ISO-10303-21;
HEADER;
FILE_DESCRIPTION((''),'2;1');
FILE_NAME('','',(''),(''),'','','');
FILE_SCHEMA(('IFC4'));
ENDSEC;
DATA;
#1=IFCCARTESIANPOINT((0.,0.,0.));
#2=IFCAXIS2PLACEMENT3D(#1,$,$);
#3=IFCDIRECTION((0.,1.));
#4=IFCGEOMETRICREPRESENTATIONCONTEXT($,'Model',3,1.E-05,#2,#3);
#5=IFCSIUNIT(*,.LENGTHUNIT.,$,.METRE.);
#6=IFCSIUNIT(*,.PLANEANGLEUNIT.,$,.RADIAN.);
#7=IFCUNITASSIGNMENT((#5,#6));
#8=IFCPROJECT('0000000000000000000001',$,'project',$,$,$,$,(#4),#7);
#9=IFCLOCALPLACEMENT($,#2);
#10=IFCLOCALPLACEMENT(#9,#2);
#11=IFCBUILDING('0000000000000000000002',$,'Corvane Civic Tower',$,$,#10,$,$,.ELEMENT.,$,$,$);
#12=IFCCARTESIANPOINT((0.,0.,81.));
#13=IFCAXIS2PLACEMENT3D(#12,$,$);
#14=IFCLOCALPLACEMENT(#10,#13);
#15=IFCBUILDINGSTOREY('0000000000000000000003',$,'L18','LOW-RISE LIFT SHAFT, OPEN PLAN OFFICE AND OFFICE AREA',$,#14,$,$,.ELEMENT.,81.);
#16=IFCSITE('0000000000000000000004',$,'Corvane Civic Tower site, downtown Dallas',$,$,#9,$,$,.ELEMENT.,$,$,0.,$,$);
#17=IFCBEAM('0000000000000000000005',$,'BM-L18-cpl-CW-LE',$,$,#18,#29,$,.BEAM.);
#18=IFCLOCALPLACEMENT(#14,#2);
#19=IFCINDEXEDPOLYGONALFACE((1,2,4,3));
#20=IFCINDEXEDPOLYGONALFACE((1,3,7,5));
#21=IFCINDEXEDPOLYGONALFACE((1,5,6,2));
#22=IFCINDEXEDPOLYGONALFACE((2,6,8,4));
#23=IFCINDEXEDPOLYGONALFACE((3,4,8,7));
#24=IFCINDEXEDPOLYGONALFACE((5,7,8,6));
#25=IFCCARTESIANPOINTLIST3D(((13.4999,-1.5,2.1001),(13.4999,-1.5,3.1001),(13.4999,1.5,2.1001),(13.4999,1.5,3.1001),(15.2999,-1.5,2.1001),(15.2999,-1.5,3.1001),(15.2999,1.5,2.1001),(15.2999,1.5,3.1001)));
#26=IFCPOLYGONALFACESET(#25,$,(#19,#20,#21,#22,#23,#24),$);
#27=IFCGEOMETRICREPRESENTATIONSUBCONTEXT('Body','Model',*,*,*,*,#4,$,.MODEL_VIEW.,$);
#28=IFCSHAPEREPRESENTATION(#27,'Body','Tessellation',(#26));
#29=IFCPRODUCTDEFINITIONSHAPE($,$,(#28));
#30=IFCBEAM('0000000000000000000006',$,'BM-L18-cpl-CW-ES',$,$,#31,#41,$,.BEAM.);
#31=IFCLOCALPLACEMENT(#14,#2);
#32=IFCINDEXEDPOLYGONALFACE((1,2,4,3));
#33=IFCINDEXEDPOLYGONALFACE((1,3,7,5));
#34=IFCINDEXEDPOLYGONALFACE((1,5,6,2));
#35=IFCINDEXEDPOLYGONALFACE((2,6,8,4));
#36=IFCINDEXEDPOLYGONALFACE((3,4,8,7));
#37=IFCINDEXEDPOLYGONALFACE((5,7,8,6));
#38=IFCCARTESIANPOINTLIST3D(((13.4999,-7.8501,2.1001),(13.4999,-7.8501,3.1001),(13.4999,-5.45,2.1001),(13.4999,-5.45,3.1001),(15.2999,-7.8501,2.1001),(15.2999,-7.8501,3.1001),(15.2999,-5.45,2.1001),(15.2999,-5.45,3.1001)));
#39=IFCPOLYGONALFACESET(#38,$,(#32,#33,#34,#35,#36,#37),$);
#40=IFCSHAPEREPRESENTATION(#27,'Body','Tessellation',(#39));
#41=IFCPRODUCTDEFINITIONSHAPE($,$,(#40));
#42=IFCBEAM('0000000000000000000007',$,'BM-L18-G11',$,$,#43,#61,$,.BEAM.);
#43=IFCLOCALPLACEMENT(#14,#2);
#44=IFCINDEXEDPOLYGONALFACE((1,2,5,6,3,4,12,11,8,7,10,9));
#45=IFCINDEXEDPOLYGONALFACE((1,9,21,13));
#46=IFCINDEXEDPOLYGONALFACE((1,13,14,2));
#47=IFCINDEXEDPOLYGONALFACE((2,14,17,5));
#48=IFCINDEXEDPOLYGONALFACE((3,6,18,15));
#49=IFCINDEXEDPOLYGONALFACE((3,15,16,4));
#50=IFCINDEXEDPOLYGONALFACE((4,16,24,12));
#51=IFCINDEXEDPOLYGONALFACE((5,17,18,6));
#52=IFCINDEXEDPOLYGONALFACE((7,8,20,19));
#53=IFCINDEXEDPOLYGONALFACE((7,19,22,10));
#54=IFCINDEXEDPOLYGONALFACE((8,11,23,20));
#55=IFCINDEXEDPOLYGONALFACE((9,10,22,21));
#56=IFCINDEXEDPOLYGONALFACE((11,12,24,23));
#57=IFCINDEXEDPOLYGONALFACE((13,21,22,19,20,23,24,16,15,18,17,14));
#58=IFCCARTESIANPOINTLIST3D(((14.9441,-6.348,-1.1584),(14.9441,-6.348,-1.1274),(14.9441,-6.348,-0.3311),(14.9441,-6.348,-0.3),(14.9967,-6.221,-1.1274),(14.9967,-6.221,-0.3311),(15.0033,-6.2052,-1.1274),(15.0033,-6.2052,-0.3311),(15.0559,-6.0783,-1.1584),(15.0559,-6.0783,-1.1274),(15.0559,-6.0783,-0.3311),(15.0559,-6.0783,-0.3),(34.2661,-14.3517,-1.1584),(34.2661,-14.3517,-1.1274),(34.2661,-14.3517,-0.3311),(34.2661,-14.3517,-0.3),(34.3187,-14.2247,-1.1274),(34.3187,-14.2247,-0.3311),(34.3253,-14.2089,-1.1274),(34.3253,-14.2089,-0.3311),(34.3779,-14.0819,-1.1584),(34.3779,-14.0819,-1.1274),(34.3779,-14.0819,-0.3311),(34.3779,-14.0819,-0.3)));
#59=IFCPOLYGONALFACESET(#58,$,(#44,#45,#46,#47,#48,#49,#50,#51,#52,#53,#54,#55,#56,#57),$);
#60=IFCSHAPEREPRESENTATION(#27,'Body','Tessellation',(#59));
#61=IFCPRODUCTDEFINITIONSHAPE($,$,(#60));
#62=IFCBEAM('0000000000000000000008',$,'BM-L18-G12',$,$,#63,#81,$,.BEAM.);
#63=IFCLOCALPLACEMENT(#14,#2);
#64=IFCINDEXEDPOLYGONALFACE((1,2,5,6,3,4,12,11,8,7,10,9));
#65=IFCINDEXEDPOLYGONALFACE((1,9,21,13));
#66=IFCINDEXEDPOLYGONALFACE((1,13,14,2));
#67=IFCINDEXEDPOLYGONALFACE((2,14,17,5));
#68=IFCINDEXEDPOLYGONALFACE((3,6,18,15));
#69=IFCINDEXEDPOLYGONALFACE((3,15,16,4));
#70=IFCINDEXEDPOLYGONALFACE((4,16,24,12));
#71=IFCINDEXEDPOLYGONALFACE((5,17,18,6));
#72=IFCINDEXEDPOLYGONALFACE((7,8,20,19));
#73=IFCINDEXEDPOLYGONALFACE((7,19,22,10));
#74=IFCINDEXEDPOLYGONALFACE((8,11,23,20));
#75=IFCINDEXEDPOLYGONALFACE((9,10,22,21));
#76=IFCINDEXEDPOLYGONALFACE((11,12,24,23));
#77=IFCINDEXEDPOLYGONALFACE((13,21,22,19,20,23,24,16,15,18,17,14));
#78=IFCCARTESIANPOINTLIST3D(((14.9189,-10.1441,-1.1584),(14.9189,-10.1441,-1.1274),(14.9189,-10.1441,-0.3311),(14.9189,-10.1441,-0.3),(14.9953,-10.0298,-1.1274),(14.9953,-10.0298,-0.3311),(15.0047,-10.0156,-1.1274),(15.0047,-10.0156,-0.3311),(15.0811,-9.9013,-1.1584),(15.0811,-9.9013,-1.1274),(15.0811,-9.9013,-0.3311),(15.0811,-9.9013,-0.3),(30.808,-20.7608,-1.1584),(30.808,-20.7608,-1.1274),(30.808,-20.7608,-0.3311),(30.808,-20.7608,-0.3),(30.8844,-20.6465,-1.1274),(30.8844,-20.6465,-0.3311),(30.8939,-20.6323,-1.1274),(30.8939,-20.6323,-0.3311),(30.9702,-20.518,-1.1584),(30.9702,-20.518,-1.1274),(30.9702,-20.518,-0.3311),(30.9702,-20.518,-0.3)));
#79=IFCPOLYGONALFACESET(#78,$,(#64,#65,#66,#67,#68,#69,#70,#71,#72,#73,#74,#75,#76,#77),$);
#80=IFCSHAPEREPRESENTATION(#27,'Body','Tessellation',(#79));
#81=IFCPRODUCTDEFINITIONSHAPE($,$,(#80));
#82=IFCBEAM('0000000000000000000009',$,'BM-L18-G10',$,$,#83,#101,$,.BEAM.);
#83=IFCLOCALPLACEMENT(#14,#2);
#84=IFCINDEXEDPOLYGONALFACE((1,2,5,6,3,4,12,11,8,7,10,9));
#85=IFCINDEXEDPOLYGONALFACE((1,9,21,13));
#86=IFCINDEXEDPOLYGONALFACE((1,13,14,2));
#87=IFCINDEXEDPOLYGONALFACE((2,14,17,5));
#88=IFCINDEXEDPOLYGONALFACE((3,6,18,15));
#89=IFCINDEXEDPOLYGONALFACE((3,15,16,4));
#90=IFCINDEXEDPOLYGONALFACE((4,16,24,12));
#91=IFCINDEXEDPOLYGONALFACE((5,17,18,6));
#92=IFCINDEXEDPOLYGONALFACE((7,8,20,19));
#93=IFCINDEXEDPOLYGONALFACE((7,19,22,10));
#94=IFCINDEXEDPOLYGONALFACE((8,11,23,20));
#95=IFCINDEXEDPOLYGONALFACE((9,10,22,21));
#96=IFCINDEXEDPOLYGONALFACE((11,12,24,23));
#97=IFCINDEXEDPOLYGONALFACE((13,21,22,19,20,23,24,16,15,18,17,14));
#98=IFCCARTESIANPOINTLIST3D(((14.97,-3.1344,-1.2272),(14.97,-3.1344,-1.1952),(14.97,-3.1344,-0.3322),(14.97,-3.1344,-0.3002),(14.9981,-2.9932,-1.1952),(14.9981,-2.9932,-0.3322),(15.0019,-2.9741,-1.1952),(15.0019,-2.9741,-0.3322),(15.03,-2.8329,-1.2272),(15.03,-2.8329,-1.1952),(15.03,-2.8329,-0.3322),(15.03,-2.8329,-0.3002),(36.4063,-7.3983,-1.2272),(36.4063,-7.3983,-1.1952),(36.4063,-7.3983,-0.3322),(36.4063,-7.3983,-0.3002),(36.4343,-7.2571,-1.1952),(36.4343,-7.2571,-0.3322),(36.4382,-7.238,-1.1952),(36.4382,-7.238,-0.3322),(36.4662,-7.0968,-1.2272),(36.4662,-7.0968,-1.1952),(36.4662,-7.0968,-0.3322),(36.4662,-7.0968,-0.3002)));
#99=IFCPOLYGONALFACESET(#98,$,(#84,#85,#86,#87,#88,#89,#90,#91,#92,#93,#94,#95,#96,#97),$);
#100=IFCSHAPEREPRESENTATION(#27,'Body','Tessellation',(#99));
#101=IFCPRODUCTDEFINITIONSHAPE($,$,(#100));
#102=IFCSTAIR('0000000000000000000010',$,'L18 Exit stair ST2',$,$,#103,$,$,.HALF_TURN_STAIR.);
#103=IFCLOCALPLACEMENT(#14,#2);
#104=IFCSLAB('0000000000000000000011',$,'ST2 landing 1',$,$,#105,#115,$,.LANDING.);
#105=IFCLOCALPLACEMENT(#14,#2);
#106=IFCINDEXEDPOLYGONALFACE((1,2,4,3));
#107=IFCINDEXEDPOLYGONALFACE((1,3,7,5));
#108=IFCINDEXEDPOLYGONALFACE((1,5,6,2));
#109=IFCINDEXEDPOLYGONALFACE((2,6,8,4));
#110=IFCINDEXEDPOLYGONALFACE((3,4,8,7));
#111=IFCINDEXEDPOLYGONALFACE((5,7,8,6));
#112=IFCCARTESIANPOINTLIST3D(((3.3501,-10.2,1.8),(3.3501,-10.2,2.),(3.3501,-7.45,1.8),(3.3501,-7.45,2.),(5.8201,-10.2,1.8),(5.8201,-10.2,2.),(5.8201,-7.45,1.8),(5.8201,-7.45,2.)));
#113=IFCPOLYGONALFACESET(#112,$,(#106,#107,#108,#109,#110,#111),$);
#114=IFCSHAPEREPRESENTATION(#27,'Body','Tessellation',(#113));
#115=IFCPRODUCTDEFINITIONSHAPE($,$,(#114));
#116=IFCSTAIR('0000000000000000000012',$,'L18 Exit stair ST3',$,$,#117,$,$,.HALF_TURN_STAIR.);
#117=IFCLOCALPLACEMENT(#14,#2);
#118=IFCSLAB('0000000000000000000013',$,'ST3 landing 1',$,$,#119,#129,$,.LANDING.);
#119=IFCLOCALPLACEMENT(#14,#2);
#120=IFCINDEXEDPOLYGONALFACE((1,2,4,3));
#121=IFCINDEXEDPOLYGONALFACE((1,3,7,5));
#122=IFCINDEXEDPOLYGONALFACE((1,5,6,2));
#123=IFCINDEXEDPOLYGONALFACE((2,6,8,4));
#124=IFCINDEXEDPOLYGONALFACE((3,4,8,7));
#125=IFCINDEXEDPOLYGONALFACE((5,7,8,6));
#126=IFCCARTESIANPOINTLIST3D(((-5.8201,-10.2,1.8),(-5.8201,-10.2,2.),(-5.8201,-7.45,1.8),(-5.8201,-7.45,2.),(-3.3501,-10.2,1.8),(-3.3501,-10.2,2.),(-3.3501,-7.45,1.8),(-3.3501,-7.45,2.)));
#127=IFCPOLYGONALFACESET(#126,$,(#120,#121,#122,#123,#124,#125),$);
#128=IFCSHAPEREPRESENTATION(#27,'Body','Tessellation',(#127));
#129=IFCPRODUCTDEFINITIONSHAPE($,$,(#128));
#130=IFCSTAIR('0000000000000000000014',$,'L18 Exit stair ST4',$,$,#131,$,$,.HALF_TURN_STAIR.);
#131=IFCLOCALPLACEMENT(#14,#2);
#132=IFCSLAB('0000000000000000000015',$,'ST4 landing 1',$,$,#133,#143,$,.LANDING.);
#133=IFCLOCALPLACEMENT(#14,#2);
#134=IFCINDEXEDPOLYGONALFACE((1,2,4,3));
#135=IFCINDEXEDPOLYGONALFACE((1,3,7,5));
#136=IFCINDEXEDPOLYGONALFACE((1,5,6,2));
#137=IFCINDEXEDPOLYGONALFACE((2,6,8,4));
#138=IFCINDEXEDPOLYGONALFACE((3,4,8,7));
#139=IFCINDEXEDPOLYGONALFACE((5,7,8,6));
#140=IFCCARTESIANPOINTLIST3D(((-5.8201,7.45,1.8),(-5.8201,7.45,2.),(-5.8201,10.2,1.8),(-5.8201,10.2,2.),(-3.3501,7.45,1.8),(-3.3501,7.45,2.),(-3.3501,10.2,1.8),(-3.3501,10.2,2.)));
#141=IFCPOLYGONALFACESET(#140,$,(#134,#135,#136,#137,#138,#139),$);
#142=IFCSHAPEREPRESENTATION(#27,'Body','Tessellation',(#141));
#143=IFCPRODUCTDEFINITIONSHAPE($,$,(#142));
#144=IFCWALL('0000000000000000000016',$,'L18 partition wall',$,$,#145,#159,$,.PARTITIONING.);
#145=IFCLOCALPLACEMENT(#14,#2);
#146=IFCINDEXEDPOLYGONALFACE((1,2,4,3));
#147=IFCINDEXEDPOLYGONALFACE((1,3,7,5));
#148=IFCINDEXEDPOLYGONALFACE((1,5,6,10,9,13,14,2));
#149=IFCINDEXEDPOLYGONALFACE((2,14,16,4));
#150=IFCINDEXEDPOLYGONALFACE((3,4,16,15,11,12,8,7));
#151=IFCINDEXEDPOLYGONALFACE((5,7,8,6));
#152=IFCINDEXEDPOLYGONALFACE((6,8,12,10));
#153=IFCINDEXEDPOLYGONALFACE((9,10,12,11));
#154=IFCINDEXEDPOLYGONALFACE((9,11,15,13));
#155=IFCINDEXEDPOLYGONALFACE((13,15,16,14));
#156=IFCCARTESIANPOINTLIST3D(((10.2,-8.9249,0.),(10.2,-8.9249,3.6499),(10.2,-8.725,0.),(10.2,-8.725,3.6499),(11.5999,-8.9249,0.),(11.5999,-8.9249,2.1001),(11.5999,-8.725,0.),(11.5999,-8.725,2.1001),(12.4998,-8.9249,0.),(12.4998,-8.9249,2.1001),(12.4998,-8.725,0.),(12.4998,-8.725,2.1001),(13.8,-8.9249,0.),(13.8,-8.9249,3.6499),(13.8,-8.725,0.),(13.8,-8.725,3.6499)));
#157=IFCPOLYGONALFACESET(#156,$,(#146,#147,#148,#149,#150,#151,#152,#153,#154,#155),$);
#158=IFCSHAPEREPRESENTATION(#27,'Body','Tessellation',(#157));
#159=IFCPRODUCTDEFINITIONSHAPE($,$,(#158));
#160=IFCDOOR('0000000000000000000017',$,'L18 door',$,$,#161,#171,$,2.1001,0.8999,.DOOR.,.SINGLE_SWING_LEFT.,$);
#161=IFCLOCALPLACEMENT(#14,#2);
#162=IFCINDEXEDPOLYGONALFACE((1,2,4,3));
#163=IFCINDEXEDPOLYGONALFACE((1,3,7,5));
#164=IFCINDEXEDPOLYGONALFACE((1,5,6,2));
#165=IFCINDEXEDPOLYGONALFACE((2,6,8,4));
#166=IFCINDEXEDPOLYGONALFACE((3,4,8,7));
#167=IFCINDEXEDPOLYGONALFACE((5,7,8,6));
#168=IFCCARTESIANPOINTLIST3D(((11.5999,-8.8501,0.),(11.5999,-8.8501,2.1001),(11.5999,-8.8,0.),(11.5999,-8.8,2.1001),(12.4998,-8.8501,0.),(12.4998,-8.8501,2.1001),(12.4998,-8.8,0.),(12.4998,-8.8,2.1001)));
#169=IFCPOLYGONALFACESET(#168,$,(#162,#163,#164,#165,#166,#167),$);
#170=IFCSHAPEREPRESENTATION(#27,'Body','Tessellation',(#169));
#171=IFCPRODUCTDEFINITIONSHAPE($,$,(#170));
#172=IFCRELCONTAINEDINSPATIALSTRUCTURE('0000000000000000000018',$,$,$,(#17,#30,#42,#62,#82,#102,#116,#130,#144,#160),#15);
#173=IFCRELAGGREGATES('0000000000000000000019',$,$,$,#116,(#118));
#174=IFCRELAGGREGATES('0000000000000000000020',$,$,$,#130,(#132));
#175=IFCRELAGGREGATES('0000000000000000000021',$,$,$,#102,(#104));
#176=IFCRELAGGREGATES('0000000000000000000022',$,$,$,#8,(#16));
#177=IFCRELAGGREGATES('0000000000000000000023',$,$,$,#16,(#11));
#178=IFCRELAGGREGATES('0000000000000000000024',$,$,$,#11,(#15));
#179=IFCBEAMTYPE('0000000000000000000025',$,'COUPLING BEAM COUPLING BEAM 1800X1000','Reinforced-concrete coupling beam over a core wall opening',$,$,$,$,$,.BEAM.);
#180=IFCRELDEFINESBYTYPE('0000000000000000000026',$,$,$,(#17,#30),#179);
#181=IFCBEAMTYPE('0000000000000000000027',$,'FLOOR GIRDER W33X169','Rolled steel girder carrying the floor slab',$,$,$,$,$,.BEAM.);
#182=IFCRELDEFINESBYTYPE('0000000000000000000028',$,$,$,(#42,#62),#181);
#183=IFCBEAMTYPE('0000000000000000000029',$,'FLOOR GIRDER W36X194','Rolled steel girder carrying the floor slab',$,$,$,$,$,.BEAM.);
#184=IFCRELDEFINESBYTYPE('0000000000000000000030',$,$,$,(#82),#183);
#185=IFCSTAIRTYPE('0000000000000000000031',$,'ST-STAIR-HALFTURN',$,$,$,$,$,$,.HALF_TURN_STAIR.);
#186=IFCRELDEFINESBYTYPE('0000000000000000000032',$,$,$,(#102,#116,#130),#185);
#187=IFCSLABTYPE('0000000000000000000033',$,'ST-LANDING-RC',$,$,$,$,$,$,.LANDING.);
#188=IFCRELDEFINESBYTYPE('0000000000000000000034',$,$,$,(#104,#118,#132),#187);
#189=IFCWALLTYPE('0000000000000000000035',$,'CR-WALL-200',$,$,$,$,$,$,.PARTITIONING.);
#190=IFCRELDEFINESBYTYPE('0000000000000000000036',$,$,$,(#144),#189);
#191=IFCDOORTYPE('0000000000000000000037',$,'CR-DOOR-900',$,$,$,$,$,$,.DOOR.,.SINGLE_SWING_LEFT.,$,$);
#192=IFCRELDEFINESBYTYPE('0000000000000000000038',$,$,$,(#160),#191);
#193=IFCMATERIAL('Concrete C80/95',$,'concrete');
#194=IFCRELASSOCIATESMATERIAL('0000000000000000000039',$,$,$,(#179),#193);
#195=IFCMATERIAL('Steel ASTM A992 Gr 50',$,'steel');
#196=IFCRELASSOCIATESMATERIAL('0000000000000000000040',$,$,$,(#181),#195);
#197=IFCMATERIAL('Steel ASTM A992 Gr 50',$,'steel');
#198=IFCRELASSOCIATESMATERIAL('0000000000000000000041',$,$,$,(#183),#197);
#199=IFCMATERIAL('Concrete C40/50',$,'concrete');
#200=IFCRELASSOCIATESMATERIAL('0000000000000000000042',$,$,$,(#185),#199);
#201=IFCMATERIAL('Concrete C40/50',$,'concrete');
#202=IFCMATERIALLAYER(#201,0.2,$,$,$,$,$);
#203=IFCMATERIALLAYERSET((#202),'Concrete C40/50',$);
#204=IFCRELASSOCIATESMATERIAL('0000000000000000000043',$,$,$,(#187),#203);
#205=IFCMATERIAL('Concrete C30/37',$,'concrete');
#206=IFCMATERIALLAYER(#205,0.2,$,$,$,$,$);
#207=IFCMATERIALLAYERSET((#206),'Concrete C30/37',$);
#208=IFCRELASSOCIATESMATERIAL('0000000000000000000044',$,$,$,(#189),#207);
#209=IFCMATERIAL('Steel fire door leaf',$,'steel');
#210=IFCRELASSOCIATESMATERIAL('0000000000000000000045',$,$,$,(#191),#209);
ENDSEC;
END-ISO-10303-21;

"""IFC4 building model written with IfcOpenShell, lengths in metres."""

from ifc_helpers import new_model, si_unit, direction, frame, frame_2d, origin, origin_2d, place, context, subcontext, project, spatial, polyline, rectangle, i_section, outline, extrude, material, layer, layer_set, material_profile, profile_set, type_object, element, fill, aggregate, save


model = new_model("IFC4")

# Units and contexts
model_context = context("Model", 3, precision=1e-05, world=origin(), true_north=direction((0.0, 1.0)))
body_context = subcontext(model_context, "Body", "Model", "MODEL_VIEW")
ifc_project = project(units=[si_unit("LENGTHUNIT", "METRE"), si_unit("PLANEANGLEUNIT", "RADIAN")], contexts=[model_context])

# Site, building, storey
site_placement = place(None, origin())
site = spatial("IfcSite", under=ifc_project, at=site_placement, Name="Corvane Civic Tower site, downtown Dallas", CompositionType="ELEMENT", RefElevation=0.0)
building_placement = place(site_placement, origin())
building = spatial("IfcBuilding", under=site, at=building_placement, Name="Corvane Civic Tower", CompositionType="ELEMENT")
storey_placement = place(building_placement, frame((0.0, 0.0, 81.0)))
storey = spatial("IfcBuildingStorey", under=building, at=storey_placement, Name="L18", Description="LOW-RISE LIFT SHAFT, OPEN PLAN OFFICE AND OFFICE AREA", CompositionType="ELEMENT", Elevation=81.0)

# Beams
ifc_material_1 = material(Name="Concrete C80/95", Category="concrete")
ifc_material_profile_1 = material_profile(ifc_material_1, rectangle(XDim=1.8, YDim=1.0, at=origin_2d()), Name="COUPLING BEAM 1800X1000")
ifc_profile_set_1 = profile_set([ifc_material_profile_1], Name="Concrete C80/95")
beam_type_1 = type_object("IfcBeamType", Name="COUPLING BEAM COUPLING BEAM 1800X1000", Description="Reinforced-concrete coupling beam over a core wall opening", PredefinedType="BEAM", material=ifc_profile_set_1)
beam_1_placement = place(storey_placement, frame((14.3999, -1.5, 2.6001), z_axis=(0.0, 1.0, 0.0), x_axis=(-1.0, 0.0, 0.0)))
element("IfcBeam", 1, at=beam_1_placement, inside=storey, type_object=beam_type_1, Name="BM-L18-cpl-CW-LE", PredefinedType="BEAM", context=body_context, shape_type="SweptSolid", body=[
    extrude(rectangle(XDim=1.8, YDim=1.0, at=origin_2d()), origin(), (0.0, 0.0, 1.0), 3.0),
])
beam_2_placement = place(storey_placement, frame((14.3999, -7.8501, 2.6001), z_axis=(0.0, 1.0, 0.0), x_axis=(-1.0, 0.0, 0.0)))
element("IfcBeam", 2, at=beam_2_placement, inside=storey, type_object=beam_type_1, Name="BM-L18-cpl-CW-ES", PredefinedType="BEAM", context=body_context, shape_type="SweptSolid", body=[
    extrude(rectangle(XDim=1.8, YDim=1.0, at=origin_2d()), origin(), (0.0, 0.0, 1.0), 2.4001),
])
ifc_material_2 = material(Name="Steel ASTM A992 Gr 50", Category="steel")
ifc_material_profile_2 = material_profile(ifc_material_2, i_section(OverallWidth=0.292, OverallDepth=0.8584, WebThickness=0.0171, FlangeThickness=0.031, at=origin_2d()), Name="W33X169")
ifc_profile_set_2 = profile_set([ifc_material_profile_2], Name="Steel ASTM A992 Gr 50")
beam_type_2 = type_object("IfcBeamType", Name="FLOOR GIRDER W33X169", Description="Rolled steel girder carrying the floor slab", PredefinedType="BEAM", material=ifc_profile_set_2)
beam_3_placement = place(storey_placement, frame((15.0, -6.2131, -0.7292), z_axis=(0.923876, -0.382692, 0.0), x_axis=(0.382692, 0.923876, 0.0)))
element("IfcBeam", 3, at=beam_3_placement, inside=storey, type_object=beam_type_2, Name="BM-L18-G11", PredefinedType="BEAM", context=body_context, shape_type="SweptSolid", body=[
    extrude(i_section(OverallWidth=0.292, OverallDepth=0.8584, WebThickness=0.0171, FlangeThickness=0.031, at=origin_2d()), origin(), (0.0, 0.0, 1.0), 20.9141),
])
beam_4_placement = place(storey_placement, frame((15.0, -10.0227, -0.7292), z_axis=(0.831472, -0.555567, 0.0), x_axis=(0.555567, 0.831472, 0.0)))
element("IfcBeam", 4, at=beam_4_placement, inside=storey, type_object=beam_type_2, Name="BM-L18-G12", PredefinedType="BEAM", context=body_context, shape_type="SweptSolid", body=[
    extrude(i_section(OverallWidth=0.292, OverallDepth=0.8584, WebThickness=0.0171, FlangeThickness=0.031, at=origin_2d()), origin(), (0.0, 0.0, 1.0), 19.1096),
])
ifc_material_3 = material(Name="Steel ASTM A992 Gr 50", Category="steel")
ifc_material_profile_3 = material_profile(ifc_material_3, i_section(OverallWidth=0.3074, OverallDepth=0.927, WebThickness=0.0195, FlangeThickness=0.032, at=origin_2d()), Name="W36X194")
ifc_profile_set_3 = profile_set([ifc_material_profile_3], Name="Steel ASTM A992 Gr 50")
beam_type_3 = type_object("IfcBeamType", Name="FLOOR GIRDER W36X194", Description="Rolled steel girder carrying the floor slab", PredefinedType="BEAM", material=ifc_profile_set_3)
beam_5_placement = place(storey_placement, frame((15.0, -2.9836, -0.7637), z_axis=(0.980785, -0.195089, 0.0), x_axis=(0.195089, 0.980785, 0.0)))
element("IfcBeam", 5, at=beam_5_placement, inside=storey, type_object=beam_type_3, Name="BM-L18-G10", PredefinedType="BEAM", context=body_context, shape_type="SweptSolid", body=[
    extrude(i_section(OverallWidth=0.3074, OverallDepth=0.927, WebThickness=0.0195, FlangeThickness=0.032, at=origin_2d()), origin(), (0.0, 0.0, 1.0), 21.8562),
])

# Stairs, slabs
ifc_material_4 = material(Name="Concrete C40/50", Category="concrete")
stair_type = type_object("IfcStairType", Name="ST-STAIR-HALFTURN", PredefinedType="HALF_TURN_STAIR", material=ifc_material_4)
stair_1_placement = place(storey_placement, origin())
stair_1 = element("IfcStair", 6, at=stair_1_placement, inside=storey, type_object=stair_type, Name="L18 Exit stair ST2", PredefinedType="HALF_TURN_STAIR")
ifc_material_5 = material(Name="Concrete C40/50", Category="concrete")
ifc_layer_1 = layer(ifc_material_5, 0.2)
ifc_layer_set_1 = layer_set([ifc_layer_1], Name="Concrete C40/50")
slab_type = type_object("IfcSlabType", Name="ST-LANDING-RC", PredefinedType="LANDING", material=ifc_layer_set_1)
slab_1_placement = place(storey_placement, frame((0.0, 0.0, 1.8)))
slab_1 = element("IfcSlab", 7, at=slab_1_placement, type_object=slab_type, Name="ST2 landing 1", PredefinedType="LANDING", context=body_context, shape_type="SweptSolid", body=[
    extrude(outline(polyline([(5.8201, -7.45), (3.3501, -7.45), (3.3501, -10.2), (5.8201, -10.2), (5.8201, -7.45)])), origin(), (0.0, 0.0, 1.0), 0.2),
])
stair_2_placement = place(storey_placement, origin())
stair_2 = element("IfcStair", 8, at=stair_2_placement, inside=storey, type_object=stair_type, Name="L18 Exit stair ST3", PredefinedType="HALF_TURN_STAIR")
slab_2_placement = place(storey_placement, frame((0.0, 0.0, 1.8)))
slab_2 = element("IfcSlab", 9, at=slab_2_placement, type_object=slab_type, Name="ST3 landing 1", PredefinedType="LANDING", context=body_context, shape_type="SweptSolid", body=[
    extrude(outline(polyline([(-5.8201, -10.2), (-3.3501, -10.2), (-3.3501, -7.45), (-5.8201, -7.45), (-5.8201, -10.2)])), origin(), (0.0, 0.0, 1.0), 0.2),
])
aggregate(stair_2, [slab_2])
stair_3_placement = place(storey_placement, origin())
stair_3 = element("IfcStair", 10, at=stair_3_placement, inside=storey, type_object=stair_type, Name="L18 Exit stair ST4", PredefinedType="HALF_TURN_STAIR")
slab_3_placement = place(storey_placement, frame((0.0, 0.0, 1.8)))
slab_3 = element("IfcSlab", 11, at=slab_3_placement, type_object=slab_type, Name="ST4 landing 1", PredefinedType="LANDING", context=body_context, shape_type="SweptSolid", body=[
    extrude(outline(polyline([(-5.8201, 7.45), (-3.3501, 7.45), (-3.3501, 10.2), (-5.8201, 10.2), (-5.8201, 7.45)])), origin(), (0.0, 0.0, 1.0), 0.2),
])
aggregate(stair_3, [slab_3])

# Wall, opening, door
ifc_material_6 = material(Name="Concrete C30/37", Category="concrete")
ifc_layer_2 = layer(ifc_material_6, 0.2)
ifc_layer_set_2 = layer_set([ifc_layer_2], Name="Concrete C30/37")
wall_type_1 = type_object("IfcWallType", Name="CR-WALL-200", PredefinedType="PARTITIONING", material=ifc_layer_set_2)
wall_1_placement = place(storey_placement, frame((10.2, -8.825, 0.0), z_axis=(0.0, 0.0, 1.0), x_axis=(1.0, 0.0, 0.0)))
wall_1 = element("IfcWall", 12, at=wall_1_placement, inside=storey, type_object=wall_type_1, Name="L18 partition wall", PredefinedType="PARTITIONING", context=body_context, shape_type="SweptSolid", body=[
    extrude(rectangle(XDim=3.6001, YDim=0.2, at=frame_2d((1.8, 0.0))), origin(), (0.0, 0.0, 1.0), 3.6499),
])
opening_1_placement = place(wall_1_placement, frame((1.3999, 0.0, 0.0)))
opening_1 = element("IfcOpeningElement", 13, at=opening_1_placement, cuts=wall_1, PredefinedType="OPENING", context=body_context, shape_type="SweptSolid", body=[
    extrude(rectangle(XDim=0.8999, YDim=2.1001, at=frame_2d((0.45, 1.05))), frame((0.0, 0.1099, 0.0), z_axis=(0.0, -1.0, 0.0), x_axis=(1.0, 0.0, 0.0)), (0.0, 0.0, 1.0), 0.22),
])
ifc_material_7 = material(Name="Steel fire door leaf", Category="steel")
door_type_1 = type_object("IfcDoorType", Name="CR-DOOR-900", OperationType="SINGLE_SWING_LEFT", PredefinedType="DOOR", material=ifc_material_7)
door_1_placement = place(opening_1_placement, origin())
door_1 = element("IfcDoor", 14, at=door_1_placement, inside=storey, type_object=door_type_1, Name="L18 door", OperationType="SINGLE_SWING_LEFT", OverallHeight=2.1001, OverallWidth=0.8999, PredefinedType="DOOR", context=body_context, shape_type="SweptSolid", body=[
    extrude(rectangle(XDim=0.8999, YDim=2.1001, at=frame_2d((0.45, 1.05))), frame((0.0, 0.0249, 0.0), z_axis=(0.0, -1.0, 0.0), x_axis=(1.0, 0.0, 0.0)), (0.0, 0.0, 1.0), 0.05),
])
fill(opening_1, door_1)

aggregate(stair_1, [slab_1])

save(model, "model.ifc")
